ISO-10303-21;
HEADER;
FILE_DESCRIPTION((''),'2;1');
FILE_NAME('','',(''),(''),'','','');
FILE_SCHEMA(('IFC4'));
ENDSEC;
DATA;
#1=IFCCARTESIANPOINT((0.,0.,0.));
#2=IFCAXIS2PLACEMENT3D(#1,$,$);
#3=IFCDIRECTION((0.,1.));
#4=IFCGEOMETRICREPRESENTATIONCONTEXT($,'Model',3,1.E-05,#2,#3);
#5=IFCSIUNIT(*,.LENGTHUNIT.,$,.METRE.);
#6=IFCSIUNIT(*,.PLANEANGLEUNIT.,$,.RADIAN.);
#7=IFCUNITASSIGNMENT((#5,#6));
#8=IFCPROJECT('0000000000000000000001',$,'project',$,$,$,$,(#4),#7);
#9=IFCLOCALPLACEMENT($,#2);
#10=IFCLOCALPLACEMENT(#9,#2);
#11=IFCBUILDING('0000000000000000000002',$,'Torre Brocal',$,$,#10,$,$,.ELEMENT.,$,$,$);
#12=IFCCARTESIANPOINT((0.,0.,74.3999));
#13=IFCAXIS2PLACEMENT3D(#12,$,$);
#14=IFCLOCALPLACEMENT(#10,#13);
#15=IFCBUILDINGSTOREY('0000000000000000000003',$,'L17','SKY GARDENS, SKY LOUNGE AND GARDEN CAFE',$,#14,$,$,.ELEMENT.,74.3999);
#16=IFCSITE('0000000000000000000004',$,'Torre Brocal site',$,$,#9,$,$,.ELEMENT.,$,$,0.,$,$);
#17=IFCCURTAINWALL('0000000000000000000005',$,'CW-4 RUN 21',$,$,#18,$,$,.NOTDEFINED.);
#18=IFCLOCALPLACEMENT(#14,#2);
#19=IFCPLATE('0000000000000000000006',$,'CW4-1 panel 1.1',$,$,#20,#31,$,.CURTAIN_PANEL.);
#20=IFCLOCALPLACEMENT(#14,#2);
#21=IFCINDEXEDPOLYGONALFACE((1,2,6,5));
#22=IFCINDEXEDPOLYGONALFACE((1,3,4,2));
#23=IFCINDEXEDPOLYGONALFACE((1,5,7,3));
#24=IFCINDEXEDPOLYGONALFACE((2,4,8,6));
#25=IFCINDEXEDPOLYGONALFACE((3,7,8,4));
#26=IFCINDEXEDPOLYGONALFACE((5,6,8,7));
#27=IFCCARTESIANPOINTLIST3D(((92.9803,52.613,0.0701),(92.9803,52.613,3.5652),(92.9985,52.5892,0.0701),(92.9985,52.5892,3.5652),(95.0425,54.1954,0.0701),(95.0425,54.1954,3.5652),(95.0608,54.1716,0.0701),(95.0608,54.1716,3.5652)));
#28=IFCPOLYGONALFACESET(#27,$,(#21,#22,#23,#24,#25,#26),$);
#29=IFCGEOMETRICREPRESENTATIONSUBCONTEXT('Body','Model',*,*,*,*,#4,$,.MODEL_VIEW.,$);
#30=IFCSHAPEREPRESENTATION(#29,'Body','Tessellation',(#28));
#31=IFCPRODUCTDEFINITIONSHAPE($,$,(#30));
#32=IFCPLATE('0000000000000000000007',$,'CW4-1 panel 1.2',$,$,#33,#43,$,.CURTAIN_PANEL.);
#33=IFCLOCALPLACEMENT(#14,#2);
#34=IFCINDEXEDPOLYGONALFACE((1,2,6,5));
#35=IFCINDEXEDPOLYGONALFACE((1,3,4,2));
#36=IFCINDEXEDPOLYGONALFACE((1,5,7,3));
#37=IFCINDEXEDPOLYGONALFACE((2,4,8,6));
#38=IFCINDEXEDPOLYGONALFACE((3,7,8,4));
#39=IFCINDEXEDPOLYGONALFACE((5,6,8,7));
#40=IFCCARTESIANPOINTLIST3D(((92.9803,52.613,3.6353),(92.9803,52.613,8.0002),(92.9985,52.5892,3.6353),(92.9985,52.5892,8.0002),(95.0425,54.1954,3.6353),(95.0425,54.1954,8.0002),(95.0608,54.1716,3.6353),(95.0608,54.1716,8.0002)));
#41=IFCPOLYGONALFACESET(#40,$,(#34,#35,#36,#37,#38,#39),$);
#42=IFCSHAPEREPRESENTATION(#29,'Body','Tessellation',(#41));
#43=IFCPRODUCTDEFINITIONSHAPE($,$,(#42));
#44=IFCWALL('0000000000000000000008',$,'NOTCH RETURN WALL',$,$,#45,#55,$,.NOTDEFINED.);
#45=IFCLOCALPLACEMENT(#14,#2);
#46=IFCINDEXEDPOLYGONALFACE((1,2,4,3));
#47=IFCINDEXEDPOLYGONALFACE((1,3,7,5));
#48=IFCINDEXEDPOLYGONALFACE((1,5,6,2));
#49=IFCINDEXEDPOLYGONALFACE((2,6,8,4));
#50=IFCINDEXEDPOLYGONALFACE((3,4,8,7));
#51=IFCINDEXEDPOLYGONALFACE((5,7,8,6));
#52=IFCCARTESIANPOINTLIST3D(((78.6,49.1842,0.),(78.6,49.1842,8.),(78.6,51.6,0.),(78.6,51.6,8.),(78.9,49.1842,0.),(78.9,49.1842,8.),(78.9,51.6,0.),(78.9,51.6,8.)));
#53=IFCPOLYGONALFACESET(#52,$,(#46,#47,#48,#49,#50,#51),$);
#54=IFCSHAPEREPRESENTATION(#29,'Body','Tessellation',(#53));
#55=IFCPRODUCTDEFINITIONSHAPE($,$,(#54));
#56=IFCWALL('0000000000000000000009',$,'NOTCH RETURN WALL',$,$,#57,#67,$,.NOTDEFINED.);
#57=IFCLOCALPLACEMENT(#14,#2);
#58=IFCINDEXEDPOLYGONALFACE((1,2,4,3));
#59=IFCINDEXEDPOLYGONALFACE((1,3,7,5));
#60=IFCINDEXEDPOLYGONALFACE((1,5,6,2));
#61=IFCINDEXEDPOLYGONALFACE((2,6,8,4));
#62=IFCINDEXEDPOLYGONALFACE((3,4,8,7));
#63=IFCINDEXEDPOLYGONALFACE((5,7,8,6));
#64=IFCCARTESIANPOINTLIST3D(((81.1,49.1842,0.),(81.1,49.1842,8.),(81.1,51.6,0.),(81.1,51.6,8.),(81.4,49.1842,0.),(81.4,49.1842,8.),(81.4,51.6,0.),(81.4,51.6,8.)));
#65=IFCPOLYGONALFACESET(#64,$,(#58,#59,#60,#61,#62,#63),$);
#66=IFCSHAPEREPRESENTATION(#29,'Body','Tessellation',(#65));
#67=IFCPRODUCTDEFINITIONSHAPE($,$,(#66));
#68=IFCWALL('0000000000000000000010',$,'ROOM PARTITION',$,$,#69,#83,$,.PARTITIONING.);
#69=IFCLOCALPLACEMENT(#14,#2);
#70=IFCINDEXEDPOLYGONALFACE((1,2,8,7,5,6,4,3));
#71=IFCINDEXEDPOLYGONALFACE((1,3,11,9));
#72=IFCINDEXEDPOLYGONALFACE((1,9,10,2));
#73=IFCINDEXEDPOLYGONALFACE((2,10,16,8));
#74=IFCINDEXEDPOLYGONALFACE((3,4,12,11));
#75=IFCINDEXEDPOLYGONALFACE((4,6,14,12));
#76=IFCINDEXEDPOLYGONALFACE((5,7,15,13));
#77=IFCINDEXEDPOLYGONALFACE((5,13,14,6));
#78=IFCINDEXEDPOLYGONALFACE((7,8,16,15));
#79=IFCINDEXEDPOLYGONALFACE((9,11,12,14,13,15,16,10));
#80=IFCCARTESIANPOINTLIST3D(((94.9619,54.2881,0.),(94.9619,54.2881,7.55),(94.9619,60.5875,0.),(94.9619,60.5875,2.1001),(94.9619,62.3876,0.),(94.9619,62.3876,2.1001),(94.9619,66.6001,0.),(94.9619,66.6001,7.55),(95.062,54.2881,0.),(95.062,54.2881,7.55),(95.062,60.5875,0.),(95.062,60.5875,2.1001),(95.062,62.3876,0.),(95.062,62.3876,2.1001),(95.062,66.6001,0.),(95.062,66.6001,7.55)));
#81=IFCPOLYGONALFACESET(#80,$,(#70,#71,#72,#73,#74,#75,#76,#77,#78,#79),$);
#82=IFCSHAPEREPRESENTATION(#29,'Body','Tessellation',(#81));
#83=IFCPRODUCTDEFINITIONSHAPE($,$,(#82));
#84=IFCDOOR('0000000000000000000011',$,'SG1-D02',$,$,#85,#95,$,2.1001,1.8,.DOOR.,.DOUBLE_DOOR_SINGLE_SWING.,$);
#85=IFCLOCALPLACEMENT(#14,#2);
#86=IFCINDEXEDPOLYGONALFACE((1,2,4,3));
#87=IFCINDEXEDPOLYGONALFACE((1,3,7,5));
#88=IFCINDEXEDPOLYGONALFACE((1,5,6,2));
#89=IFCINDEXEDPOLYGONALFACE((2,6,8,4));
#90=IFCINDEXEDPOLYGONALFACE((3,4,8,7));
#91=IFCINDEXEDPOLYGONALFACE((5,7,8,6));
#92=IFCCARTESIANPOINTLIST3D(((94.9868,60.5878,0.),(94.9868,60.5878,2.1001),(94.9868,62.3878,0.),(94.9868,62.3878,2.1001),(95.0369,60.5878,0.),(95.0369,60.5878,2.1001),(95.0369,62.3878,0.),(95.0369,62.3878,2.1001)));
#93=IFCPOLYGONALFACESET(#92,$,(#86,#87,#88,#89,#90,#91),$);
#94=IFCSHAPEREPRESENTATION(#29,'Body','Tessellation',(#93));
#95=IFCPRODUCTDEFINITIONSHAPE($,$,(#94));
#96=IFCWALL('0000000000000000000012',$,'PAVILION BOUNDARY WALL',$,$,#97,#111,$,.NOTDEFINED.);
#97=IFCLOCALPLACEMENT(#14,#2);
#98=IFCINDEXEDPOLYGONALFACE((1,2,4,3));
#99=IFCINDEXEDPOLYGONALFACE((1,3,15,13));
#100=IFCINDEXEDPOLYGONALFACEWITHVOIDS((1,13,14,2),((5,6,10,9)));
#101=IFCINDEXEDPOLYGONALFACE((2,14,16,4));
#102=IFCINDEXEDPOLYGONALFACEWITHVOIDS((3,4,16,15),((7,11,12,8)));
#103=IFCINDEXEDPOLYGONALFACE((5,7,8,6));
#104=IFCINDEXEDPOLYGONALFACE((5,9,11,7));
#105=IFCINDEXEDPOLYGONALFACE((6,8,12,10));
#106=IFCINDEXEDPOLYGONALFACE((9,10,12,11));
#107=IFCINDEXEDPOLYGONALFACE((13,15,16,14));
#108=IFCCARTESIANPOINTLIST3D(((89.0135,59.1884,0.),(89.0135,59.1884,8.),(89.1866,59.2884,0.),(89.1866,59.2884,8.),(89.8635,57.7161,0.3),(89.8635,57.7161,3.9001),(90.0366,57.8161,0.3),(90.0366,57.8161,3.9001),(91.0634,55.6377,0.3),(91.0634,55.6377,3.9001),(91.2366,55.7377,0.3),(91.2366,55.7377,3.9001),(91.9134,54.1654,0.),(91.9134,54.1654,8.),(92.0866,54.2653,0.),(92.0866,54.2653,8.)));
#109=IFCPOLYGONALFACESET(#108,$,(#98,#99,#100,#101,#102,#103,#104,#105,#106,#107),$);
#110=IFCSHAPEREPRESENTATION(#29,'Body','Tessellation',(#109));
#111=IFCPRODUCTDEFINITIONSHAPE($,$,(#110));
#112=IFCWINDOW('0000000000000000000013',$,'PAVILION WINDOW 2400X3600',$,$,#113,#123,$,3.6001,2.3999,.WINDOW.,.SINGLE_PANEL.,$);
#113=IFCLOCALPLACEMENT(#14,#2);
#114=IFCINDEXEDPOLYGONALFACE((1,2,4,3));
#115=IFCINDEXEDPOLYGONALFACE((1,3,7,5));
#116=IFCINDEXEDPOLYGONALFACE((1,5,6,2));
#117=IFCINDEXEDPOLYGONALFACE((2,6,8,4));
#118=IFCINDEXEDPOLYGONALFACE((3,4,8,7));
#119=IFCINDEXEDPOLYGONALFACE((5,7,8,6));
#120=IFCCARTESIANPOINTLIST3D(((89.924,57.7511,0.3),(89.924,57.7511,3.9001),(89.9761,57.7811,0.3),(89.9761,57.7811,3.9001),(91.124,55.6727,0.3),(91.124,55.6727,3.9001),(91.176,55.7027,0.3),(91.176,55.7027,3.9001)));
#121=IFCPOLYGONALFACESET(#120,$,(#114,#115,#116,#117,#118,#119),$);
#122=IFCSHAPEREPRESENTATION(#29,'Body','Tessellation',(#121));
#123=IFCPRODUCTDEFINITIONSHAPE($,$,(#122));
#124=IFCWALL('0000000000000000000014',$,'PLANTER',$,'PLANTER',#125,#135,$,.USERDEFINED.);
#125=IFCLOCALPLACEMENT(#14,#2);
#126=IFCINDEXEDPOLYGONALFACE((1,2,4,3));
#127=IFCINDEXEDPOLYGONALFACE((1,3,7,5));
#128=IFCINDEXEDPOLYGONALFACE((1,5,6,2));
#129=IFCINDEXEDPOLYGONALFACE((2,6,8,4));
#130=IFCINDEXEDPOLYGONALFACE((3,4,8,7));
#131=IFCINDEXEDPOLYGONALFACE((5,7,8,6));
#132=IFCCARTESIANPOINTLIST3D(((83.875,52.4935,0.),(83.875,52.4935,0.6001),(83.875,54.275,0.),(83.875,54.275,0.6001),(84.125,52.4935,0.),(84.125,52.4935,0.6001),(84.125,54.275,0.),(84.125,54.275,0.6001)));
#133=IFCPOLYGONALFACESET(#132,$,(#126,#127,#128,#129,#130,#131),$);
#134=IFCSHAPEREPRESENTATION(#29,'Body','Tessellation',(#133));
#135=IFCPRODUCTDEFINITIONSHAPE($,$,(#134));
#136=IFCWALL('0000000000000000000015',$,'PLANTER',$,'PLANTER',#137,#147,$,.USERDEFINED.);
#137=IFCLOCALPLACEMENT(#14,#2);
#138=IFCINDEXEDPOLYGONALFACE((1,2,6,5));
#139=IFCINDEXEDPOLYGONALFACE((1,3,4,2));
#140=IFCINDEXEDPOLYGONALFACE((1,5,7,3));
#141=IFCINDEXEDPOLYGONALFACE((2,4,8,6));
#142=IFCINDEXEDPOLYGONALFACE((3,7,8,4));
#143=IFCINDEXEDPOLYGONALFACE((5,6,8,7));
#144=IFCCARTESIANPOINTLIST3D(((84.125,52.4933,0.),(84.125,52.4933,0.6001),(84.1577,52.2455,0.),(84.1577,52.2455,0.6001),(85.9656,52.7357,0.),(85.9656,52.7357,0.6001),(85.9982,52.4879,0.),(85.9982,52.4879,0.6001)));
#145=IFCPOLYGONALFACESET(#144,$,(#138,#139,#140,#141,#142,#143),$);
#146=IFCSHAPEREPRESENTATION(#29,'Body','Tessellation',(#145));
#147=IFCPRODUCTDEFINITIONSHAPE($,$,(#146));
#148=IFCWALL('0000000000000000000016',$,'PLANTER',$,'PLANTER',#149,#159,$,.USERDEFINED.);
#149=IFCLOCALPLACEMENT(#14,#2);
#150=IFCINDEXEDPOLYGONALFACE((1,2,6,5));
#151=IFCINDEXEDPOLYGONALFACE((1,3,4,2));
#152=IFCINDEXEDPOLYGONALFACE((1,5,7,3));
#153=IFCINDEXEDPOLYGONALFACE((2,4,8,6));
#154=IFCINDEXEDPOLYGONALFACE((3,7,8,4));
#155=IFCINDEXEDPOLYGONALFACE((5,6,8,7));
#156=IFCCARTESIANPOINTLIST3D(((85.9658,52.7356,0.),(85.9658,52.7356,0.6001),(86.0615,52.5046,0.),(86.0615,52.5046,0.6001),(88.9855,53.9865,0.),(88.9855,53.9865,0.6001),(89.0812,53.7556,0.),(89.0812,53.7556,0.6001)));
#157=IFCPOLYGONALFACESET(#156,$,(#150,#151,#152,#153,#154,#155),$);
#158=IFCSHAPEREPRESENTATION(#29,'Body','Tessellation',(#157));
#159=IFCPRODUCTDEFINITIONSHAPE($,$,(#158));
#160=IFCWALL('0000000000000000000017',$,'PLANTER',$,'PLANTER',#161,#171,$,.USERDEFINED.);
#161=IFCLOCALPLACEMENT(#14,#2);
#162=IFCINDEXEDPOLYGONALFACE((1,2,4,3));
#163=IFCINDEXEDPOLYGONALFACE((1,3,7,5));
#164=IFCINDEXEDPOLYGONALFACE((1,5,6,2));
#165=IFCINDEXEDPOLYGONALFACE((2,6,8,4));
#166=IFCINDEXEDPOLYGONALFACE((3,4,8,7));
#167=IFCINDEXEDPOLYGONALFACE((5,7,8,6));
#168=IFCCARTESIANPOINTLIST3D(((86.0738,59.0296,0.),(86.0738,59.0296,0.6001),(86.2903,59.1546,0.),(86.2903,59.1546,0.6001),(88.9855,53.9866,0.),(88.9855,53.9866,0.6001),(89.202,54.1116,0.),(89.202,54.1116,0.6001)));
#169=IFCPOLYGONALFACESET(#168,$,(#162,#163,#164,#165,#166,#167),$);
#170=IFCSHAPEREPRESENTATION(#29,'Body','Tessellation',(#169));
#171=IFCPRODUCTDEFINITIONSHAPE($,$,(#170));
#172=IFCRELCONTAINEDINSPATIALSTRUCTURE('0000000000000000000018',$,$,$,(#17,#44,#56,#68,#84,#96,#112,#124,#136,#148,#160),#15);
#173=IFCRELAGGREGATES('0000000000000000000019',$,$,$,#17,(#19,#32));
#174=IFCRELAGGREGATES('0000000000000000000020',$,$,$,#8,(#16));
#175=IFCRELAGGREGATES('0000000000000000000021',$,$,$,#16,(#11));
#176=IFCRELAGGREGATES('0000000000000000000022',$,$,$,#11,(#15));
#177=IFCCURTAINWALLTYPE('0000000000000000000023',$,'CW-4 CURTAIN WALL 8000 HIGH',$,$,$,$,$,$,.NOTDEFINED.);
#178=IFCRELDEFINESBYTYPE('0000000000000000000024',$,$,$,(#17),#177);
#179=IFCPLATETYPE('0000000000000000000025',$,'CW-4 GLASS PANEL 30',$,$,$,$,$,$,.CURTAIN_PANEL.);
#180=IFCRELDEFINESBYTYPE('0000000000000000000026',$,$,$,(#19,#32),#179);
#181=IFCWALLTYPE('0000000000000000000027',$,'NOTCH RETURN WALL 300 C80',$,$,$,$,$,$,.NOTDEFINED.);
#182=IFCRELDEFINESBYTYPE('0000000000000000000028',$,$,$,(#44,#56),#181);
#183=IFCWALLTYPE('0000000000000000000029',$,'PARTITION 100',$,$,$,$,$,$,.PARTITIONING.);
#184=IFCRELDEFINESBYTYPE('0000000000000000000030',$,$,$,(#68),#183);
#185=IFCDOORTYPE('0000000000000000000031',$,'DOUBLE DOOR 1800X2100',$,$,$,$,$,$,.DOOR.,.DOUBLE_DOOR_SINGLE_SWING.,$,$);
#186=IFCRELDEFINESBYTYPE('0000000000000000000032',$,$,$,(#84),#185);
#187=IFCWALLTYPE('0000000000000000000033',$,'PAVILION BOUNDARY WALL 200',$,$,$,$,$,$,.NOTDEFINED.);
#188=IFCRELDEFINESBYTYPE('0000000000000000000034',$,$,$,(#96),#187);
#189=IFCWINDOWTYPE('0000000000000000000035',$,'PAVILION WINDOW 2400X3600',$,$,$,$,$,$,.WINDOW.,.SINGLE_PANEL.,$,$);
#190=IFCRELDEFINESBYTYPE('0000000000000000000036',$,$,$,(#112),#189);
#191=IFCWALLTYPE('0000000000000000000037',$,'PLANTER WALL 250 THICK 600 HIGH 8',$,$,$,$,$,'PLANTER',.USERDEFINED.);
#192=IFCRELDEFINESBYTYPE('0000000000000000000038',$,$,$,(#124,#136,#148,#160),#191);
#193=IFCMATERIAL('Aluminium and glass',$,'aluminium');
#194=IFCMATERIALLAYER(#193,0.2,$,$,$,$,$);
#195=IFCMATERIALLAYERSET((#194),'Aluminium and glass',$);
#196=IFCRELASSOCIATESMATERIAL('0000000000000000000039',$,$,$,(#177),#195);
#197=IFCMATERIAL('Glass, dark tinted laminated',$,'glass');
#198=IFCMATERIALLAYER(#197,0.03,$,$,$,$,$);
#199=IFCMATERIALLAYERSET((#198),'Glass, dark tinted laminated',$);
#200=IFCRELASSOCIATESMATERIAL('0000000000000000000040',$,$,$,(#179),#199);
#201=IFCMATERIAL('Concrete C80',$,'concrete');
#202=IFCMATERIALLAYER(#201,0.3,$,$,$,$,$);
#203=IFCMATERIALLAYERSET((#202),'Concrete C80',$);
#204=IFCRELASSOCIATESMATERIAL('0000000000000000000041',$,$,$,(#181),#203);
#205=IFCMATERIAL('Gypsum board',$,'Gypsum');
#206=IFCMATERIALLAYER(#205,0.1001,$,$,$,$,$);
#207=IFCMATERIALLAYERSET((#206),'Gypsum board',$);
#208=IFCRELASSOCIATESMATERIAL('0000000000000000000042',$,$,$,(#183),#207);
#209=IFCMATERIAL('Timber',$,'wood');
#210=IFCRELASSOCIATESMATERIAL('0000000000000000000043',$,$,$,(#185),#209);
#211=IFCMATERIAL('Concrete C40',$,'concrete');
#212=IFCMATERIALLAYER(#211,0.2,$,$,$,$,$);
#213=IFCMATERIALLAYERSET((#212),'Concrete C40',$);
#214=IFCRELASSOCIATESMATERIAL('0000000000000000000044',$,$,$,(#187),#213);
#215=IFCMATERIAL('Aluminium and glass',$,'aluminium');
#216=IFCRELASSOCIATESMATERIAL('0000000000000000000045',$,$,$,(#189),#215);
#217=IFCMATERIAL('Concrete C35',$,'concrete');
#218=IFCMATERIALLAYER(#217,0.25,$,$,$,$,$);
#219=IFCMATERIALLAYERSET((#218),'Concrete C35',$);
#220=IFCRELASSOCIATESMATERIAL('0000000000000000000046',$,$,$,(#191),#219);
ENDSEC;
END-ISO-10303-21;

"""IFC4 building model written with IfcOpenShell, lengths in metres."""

from ifc_helpers import new_model, si_unit, direction, frame, frame_2d, origin, origin_2d, place, context, subcontext, project, spatial, rectangle, extrude, material, layer, layer_set, type_object, element, fill, aggregate, save


model = new_model("IFC4")

# Units and contexts
model_context = context("Model", 3, precision=1e-05, world=origin(), true_north=direction((0.0, 1.0)))
body_context = subcontext(model_context, "Body", "Model", "MODEL_VIEW")
ifc_project = project(units=[si_unit("LENGTHUNIT", "METRE"), si_unit("PLANEANGLEUNIT", "RADIAN")], contexts=[model_context])

# Site, building, storey
site_placement = place(None, origin())
site = spatial("IfcSite", under=ifc_project, at=site_placement, Name="Torre Brocal site", CompositionType="ELEMENT", RefElevation=0.0)
building_placement = place(site_placement, origin())
building = spatial("IfcBuilding", under=site, at=building_placement, Name="Torre Brocal", CompositionType="ELEMENT")
storey_placement = place(building_placement, frame((0.0, 0.0, 74.3999)))
storey = spatial("IfcBuildingStorey", under=building, at=storey_placement, Name="L17", Description="SKY GARDENS, SKY LOUNGE AND GARDEN CAFE", CompositionType="ELEMENT", Elevation=74.3999)

# Curtain wall
ifc_material_1 = material(Name="Aluminium and glass", Category="aluminium")
ifc_layer_1 = layer(ifc_material_1, 0.2)
ifc_layer_set_1 = layer_set([ifc_layer_1], Name="Aluminium and glass")
curtain_wall_type = type_object("IfcCurtainWallType", Name="CW-4 CURTAIN WALL 8000 HIGH", PredefinedType="NOTDEFINED", material=ifc_layer_set_1)
curtain_wall_placement = place(storey_placement, origin())
curtain_wall = element("IfcCurtainWall", 1, at=curtain_wall_placement, inside=storey, type_object=curtain_wall_type, Name="CW-4 RUN 21", PredefinedType="NOTDEFINED")

# Plates
ifc_material_2 = material(Name="Glass, dark tinted laminated", Category="glass")
ifc_layer_2 = layer(ifc_material_2, 0.03)
ifc_layer_set_2 = layer_set([ifc_layer_2], Name="Glass, dark tinted laminated")
plate_type = type_object("IfcPlateType", Name="CW-4 GLASS PANEL 30", PredefinedType="CURTAIN_PANEL", material=ifc_layer_set_2)
plate_1_placement = place(storey_placement, frame((94.0205, 53.3923, 0.0701), z_axis=(0.0, 0.0, 1.0), x_axis=(0.793353, 0.608761, 0.0)))
plate_1 = element("IfcPlate", 2, at=plate_1_placement, type_object=plate_type, Name="CW4-1 panel 1.1", PredefinedType="CURTAIN_PANEL", context=body_context, shape_type="SweptSolid", body=[
    extrude(rectangle(XDim=2.5994, YDim=0.03, at=origin_2d()), origin(), (0.0, 0.0, 1.0), 3.4951),
])
plate_2_placement = place(storey_placement, frame((94.0205, 53.3923, 3.6353), z_axis=(0.0, 0.0, 1.0), x_axis=(0.793353, 0.608761, 0.0)))
plate_2 = element("IfcPlate", 3, at=plate_2_placement, type_object=plate_type, Name="CW4-1 panel 1.2", PredefinedType="CURTAIN_PANEL", context=body_context, shape_type="SweptSolid", body=[
    extrude(rectangle(XDim=2.5994, YDim=0.03, at=origin_2d()), origin(), (0.0, 0.0, 1.0), 4.365),
])
aggregate(curtain_wall, [plate_1, plate_2])

# Walls
ifc_material_3 = material(Name="Concrete C80", Category="concrete")
ifc_layer_3 = layer(ifc_material_3, 0.3)
ifc_layer_set_3 = layer_set([ifc_layer_3], Name="Concrete C80")
wall_type_1 = type_object("IfcWallType", Name="NOTCH RETURN WALL 300 C80", PredefinedType="NOTDEFINED", material=ifc_layer_set_3)
for number, where, z_axis, x_axis, name in (
    (4, (78.75, 51.6001, 0.0), (0.0, 0.0, 1.0), (0.0, -1.0, 0.0), "NOTCH RETURN WALL"),
    (5, (81.25, 51.6001, 0.0), (0.0, 0.0, 1.0), (0.0, -1.0, 0.0), "NOTCH RETURN WALL"),
):
    element("IfcWall", number, at=place(storey_placement, frame(where, z_axis=z_axis, x_axis=x_axis)), inside=storey, type_object=wall_type_1, Name=name, PredefinedType="NOTDEFINED", context=body_context, shape_type="SweptSolid", body=[
        extrude(rectangle(XDim=2.4158, YDim=0.3, at=frame_2d((1.208, 0.0))), origin(), (0.0, 0.0, 1.0), 8.0),
    ])

# Wall, opening, door
ifc_material_4 = material(Name="Gypsum board", Category="Gypsum")
ifc_layer_4 = layer(ifc_material_4, 0.1001)
ifc_layer_set_4 = layer_set([ifc_layer_4], Name="Gypsum board")
wall_type_2 = type_object("IfcWallType", Name="PARTITION 100", PredefinedType="PARTITIONING", material=ifc_layer_set_4)
wall_1_placement = place(storey_placement, frame((95.012, 54.2881, 0.0), z_axis=(0.0, 0.0, 1.0), x_axis=(0.0, 1.0, 0.0)))
wall_1 = element("IfcWall", 6, at=wall_1_placement, inside=storey, type_object=wall_type_2, Name="ROOM PARTITION", PredefinedType="PARTITIONING", context=body_context, shape_type="SweptSolid", body=[
    extrude(rectangle(XDim=12.312, YDim=0.1001, at=frame_2d((6.156, 0.0))), origin(), (0.0, 0.0, 1.0), 7.55),
])
opening_1_placement = place(wall_1_placement, frame((6.2996, 0.0, 0.0)))
opening_1 = element("IfcOpeningElement", 7, at=opening_1_placement, cuts=wall_1, PredefinedType="OPENING", context=body_context, shape_type="SweptSolid", body=[
    extrude(rectangle(XDim=1.8, YDim=2.1001, at=frame_2d((0.8999, 1.05))), frame((0.0, 0.0601, 0.0), z_axis=(0.0, -1.0, 0.0), x_axis=(1.0, 0.0, 0.0)), (0.0, 0.0, 1.0), 0.1201),
])
ifc_material_5 = material(Name="Timber", Category="wood")
door_type = type_object("IfcDoorType", Name="DOUBLE DOOR 1800X2100", OperationType="DOUBLE_DOOR_SINGLE_SWING", PredefinedType="DOOR", material=ifc_material_5)
door_placement = place(opening_1_placement, frame((1.8, 0.0, 0.0), z_axis=(0.0, 0.0, 1.0), x_axis=(-1.0, 0.0, 0.0)))
door = element("IfcDoor", 8, at=door_placement, inside=storey, type_object=door_type, Name="SG1-D02", OperationType="DOUBLE_DOOR_SINGLE_SWING", OverallHeight=2.1001, OverallWidth=1.8, PredefinedType="DOOR", context=body_context, shape_type="SweptSolid", body=[
    extrude(rectangle(XDim=1.8, YDim=2.1001, at=frame_2d((0.8999, 1.05))), frame((0.0, 0.0249, 0.0), z_axis=(0.0, -1.0, 0.0), x_axis=(1.0, 0.0, 0.0)), (0.0, 0.0, 1.0), 0.05),
])
fill(opening_1, door)

# Wall, opening, window
ifc_material_6 = material(Name="Concrete C40", Category="concrete")
ifc_layer_5 = layer(ifc_material_6, 0.2)
ifc_layer_set_5 = layer_set([ifc_layer_5], Name="Concrete C40")
wall_type_3 = type_object("IfcWallType", Name="PAVILION BOUNDARY WALL 200", PredefinedType="NOTDEFINED", material=ifc_layer_set_5)
wall_2_placement = place(storey_placement, frame((89.1001, 59.2383, 0.0), z_axis=(0.0, 0.0, 1.0), x_axis=(0.499987, -0.866033, 0.0)))
wall_2 = element("IfcWall", 9, at=wall_2_placement, inside=storey, type_object=wall_type_3, Name="PAVILION BOUNDARY WALL", PredefinedType="NOTDEFINED", context=body_context, shape_type="SweptSolid", body=[
    extrude(rectangle(XDim=5.8, YDim=0.2, at=frame_2d((2.8999, 0.0))), origin(), (0.0, 0.0, 1.0), 8.0),
])
opening_2_placement = place(wall_2_placement, frame((1.7, 0.0, 0.3)))
opening_2 = element("IfcOpeningElement", 10, at=opening_2_placement, cuts=wall_2, PredefinedType="OPENING", context=body_context, shape_type="SweptSolid", body=[
    extrude(rectangle(XDim=2.3999, YDim=3.6001, at=frame_2d((1.2, 1.8))), frame((0.0, 0.1099, 0.0), z_axis=(0.0, -1.0, 0.0), x_axis=(1.0, 0.0, 0.0)), (0.0, 0.0, 1.0), 0.22),
])
ifc_material_7 = material(Name="Aluminium and glass", Category="aluminium")
window_type = type_object("IfcWindowType", Name="PAVILION WINDOW 2400X3600", PartitioningType="SINGLE_PANEL", PredefinedType="WINDOW", material=ifc_material_7)
window_placement = place(opening_2_placement, origin())
window = element("IfcWindow", 11, at=window_placement, inside=storey, type_object=window_type, Name="PAVILION WINDOW 2400X3600", OverallHeight=3.6001, OverallWidth=2.3999, PartitioningType="SINGLE_PANEL", PredefinedType="WINDOW", context=body_context, shape_type="SweptSolid", body=[
    extrude(rectangle(XDim=2.3999, YDim=3.6001, at=frame_2d((1.2, 1.8))), frame((0.0, 0.03, 0.0), z_axis=(0.0, -1.0, 0.0), x_axis=(1.0, 0.0, 0.0)), (0.0, 0.0, 1.0), 0.0601),
])
fill(opening_2, window)

# Walls
ifc_material_8 = material(Name="Concrete C35", Category="concrete")
ifc_layer_6 = layer(ifc_material_8, 0.25)
ifc_layer_set_6 = layer_set([ifc_layer_6], Name="Concrete C35")
wall_type_4 = type_object("IfcWallType", Name="PLANTER WALL 250 THICK 600 HIGH 8", ElementType="PLANTER", PredefinedType="USERDEFINED", material=ifc_layer_set_6)
wall_3_placement = place(storey_placement, frame((84.0, 54.2749, 0.0), z_axis=(0.0, 0.0, 1.0), x_axis=(0.0, -1.0, 0.0)))
element("IfcWall", 12, at=wall_3_placement, inside=storey, type_object=wall_type_4, Name="PLANTER", ObjectType="PLANTER", PredefinedType="USERDEFINED", context=body_context, shape_type="SweptSolid", body=[
    extrude(rectangle(XDim=1.7815, YDim=0.25, at=frame_2d((0.8906, 0.0))), origin(), (0.0, 0.0, 1.0), 0.6001),
])
wall_4_placement = place(storey_placement, frame((84.1414, 52.3694, 0.0), z_axis=(0.0, 0.0, 1.0), x_axis=(0.991437, 0.130587, 0.0)))
element("IfcWall", 13, at=wall_4_placement, inside=storey, type_object=wall_type_4, Name="PLANTER", ObjectType="PLANTER", PredefinedType="USERDEFINED", context=body_context, shape_type="SweptSolid", body=[
    extrude(rectangle(XDim=1.8564, YDim=0.25, at=frame_2d((0.9282, 0.0))), origin(), (0.0, 0.0, 1.0), 0.6001),
])
wall_5_placement = place(storey_placement, frame((86.0137, 52.6201, 0.0), z_axis=(0.0, 0.0, 1.0), x_axis=(0.923864, 0.382721, 0.0)))
element("IfcWall", 14, at=wall_5_placement, inside=storey, type_object=wall_type_4, Name="PLANTER", ObjectType="PLANTER", PredefinedType="USERDEFINED", context=body_context, shape_type="SweptSolid", body=[
    extrude(rectangle(XDim=3.2686, YDim=0.25, at=frame_2d((1.6343, 0.0))), origin(), (0.0, 0.0, 1.0), 0.6001),
])
wall_6_placement = place(storey_placement, frame((89.0938, 54.0491, 0.0), z_axis=(0.0, 0.0, 1.0), x_axis=(-0.500008, 0.866021, 0.0)))
element("IfcWall", 15, at=wall_6_placement, inside=storey, type_object=wall_type_4, Name="PLANTER", ObjectType="PLANTER", PredefinedType="USERDEFINED", context=body_context, shape_type="SweptSolid", body=[
    extrude(rectangle(XDim=5.8232, YDim=0.25, at=frame_2d((2.9116, 0.0))), origin(), (0.0, 0.0, 1.0), 0.6001),
])

save(model, "model.ifc")
